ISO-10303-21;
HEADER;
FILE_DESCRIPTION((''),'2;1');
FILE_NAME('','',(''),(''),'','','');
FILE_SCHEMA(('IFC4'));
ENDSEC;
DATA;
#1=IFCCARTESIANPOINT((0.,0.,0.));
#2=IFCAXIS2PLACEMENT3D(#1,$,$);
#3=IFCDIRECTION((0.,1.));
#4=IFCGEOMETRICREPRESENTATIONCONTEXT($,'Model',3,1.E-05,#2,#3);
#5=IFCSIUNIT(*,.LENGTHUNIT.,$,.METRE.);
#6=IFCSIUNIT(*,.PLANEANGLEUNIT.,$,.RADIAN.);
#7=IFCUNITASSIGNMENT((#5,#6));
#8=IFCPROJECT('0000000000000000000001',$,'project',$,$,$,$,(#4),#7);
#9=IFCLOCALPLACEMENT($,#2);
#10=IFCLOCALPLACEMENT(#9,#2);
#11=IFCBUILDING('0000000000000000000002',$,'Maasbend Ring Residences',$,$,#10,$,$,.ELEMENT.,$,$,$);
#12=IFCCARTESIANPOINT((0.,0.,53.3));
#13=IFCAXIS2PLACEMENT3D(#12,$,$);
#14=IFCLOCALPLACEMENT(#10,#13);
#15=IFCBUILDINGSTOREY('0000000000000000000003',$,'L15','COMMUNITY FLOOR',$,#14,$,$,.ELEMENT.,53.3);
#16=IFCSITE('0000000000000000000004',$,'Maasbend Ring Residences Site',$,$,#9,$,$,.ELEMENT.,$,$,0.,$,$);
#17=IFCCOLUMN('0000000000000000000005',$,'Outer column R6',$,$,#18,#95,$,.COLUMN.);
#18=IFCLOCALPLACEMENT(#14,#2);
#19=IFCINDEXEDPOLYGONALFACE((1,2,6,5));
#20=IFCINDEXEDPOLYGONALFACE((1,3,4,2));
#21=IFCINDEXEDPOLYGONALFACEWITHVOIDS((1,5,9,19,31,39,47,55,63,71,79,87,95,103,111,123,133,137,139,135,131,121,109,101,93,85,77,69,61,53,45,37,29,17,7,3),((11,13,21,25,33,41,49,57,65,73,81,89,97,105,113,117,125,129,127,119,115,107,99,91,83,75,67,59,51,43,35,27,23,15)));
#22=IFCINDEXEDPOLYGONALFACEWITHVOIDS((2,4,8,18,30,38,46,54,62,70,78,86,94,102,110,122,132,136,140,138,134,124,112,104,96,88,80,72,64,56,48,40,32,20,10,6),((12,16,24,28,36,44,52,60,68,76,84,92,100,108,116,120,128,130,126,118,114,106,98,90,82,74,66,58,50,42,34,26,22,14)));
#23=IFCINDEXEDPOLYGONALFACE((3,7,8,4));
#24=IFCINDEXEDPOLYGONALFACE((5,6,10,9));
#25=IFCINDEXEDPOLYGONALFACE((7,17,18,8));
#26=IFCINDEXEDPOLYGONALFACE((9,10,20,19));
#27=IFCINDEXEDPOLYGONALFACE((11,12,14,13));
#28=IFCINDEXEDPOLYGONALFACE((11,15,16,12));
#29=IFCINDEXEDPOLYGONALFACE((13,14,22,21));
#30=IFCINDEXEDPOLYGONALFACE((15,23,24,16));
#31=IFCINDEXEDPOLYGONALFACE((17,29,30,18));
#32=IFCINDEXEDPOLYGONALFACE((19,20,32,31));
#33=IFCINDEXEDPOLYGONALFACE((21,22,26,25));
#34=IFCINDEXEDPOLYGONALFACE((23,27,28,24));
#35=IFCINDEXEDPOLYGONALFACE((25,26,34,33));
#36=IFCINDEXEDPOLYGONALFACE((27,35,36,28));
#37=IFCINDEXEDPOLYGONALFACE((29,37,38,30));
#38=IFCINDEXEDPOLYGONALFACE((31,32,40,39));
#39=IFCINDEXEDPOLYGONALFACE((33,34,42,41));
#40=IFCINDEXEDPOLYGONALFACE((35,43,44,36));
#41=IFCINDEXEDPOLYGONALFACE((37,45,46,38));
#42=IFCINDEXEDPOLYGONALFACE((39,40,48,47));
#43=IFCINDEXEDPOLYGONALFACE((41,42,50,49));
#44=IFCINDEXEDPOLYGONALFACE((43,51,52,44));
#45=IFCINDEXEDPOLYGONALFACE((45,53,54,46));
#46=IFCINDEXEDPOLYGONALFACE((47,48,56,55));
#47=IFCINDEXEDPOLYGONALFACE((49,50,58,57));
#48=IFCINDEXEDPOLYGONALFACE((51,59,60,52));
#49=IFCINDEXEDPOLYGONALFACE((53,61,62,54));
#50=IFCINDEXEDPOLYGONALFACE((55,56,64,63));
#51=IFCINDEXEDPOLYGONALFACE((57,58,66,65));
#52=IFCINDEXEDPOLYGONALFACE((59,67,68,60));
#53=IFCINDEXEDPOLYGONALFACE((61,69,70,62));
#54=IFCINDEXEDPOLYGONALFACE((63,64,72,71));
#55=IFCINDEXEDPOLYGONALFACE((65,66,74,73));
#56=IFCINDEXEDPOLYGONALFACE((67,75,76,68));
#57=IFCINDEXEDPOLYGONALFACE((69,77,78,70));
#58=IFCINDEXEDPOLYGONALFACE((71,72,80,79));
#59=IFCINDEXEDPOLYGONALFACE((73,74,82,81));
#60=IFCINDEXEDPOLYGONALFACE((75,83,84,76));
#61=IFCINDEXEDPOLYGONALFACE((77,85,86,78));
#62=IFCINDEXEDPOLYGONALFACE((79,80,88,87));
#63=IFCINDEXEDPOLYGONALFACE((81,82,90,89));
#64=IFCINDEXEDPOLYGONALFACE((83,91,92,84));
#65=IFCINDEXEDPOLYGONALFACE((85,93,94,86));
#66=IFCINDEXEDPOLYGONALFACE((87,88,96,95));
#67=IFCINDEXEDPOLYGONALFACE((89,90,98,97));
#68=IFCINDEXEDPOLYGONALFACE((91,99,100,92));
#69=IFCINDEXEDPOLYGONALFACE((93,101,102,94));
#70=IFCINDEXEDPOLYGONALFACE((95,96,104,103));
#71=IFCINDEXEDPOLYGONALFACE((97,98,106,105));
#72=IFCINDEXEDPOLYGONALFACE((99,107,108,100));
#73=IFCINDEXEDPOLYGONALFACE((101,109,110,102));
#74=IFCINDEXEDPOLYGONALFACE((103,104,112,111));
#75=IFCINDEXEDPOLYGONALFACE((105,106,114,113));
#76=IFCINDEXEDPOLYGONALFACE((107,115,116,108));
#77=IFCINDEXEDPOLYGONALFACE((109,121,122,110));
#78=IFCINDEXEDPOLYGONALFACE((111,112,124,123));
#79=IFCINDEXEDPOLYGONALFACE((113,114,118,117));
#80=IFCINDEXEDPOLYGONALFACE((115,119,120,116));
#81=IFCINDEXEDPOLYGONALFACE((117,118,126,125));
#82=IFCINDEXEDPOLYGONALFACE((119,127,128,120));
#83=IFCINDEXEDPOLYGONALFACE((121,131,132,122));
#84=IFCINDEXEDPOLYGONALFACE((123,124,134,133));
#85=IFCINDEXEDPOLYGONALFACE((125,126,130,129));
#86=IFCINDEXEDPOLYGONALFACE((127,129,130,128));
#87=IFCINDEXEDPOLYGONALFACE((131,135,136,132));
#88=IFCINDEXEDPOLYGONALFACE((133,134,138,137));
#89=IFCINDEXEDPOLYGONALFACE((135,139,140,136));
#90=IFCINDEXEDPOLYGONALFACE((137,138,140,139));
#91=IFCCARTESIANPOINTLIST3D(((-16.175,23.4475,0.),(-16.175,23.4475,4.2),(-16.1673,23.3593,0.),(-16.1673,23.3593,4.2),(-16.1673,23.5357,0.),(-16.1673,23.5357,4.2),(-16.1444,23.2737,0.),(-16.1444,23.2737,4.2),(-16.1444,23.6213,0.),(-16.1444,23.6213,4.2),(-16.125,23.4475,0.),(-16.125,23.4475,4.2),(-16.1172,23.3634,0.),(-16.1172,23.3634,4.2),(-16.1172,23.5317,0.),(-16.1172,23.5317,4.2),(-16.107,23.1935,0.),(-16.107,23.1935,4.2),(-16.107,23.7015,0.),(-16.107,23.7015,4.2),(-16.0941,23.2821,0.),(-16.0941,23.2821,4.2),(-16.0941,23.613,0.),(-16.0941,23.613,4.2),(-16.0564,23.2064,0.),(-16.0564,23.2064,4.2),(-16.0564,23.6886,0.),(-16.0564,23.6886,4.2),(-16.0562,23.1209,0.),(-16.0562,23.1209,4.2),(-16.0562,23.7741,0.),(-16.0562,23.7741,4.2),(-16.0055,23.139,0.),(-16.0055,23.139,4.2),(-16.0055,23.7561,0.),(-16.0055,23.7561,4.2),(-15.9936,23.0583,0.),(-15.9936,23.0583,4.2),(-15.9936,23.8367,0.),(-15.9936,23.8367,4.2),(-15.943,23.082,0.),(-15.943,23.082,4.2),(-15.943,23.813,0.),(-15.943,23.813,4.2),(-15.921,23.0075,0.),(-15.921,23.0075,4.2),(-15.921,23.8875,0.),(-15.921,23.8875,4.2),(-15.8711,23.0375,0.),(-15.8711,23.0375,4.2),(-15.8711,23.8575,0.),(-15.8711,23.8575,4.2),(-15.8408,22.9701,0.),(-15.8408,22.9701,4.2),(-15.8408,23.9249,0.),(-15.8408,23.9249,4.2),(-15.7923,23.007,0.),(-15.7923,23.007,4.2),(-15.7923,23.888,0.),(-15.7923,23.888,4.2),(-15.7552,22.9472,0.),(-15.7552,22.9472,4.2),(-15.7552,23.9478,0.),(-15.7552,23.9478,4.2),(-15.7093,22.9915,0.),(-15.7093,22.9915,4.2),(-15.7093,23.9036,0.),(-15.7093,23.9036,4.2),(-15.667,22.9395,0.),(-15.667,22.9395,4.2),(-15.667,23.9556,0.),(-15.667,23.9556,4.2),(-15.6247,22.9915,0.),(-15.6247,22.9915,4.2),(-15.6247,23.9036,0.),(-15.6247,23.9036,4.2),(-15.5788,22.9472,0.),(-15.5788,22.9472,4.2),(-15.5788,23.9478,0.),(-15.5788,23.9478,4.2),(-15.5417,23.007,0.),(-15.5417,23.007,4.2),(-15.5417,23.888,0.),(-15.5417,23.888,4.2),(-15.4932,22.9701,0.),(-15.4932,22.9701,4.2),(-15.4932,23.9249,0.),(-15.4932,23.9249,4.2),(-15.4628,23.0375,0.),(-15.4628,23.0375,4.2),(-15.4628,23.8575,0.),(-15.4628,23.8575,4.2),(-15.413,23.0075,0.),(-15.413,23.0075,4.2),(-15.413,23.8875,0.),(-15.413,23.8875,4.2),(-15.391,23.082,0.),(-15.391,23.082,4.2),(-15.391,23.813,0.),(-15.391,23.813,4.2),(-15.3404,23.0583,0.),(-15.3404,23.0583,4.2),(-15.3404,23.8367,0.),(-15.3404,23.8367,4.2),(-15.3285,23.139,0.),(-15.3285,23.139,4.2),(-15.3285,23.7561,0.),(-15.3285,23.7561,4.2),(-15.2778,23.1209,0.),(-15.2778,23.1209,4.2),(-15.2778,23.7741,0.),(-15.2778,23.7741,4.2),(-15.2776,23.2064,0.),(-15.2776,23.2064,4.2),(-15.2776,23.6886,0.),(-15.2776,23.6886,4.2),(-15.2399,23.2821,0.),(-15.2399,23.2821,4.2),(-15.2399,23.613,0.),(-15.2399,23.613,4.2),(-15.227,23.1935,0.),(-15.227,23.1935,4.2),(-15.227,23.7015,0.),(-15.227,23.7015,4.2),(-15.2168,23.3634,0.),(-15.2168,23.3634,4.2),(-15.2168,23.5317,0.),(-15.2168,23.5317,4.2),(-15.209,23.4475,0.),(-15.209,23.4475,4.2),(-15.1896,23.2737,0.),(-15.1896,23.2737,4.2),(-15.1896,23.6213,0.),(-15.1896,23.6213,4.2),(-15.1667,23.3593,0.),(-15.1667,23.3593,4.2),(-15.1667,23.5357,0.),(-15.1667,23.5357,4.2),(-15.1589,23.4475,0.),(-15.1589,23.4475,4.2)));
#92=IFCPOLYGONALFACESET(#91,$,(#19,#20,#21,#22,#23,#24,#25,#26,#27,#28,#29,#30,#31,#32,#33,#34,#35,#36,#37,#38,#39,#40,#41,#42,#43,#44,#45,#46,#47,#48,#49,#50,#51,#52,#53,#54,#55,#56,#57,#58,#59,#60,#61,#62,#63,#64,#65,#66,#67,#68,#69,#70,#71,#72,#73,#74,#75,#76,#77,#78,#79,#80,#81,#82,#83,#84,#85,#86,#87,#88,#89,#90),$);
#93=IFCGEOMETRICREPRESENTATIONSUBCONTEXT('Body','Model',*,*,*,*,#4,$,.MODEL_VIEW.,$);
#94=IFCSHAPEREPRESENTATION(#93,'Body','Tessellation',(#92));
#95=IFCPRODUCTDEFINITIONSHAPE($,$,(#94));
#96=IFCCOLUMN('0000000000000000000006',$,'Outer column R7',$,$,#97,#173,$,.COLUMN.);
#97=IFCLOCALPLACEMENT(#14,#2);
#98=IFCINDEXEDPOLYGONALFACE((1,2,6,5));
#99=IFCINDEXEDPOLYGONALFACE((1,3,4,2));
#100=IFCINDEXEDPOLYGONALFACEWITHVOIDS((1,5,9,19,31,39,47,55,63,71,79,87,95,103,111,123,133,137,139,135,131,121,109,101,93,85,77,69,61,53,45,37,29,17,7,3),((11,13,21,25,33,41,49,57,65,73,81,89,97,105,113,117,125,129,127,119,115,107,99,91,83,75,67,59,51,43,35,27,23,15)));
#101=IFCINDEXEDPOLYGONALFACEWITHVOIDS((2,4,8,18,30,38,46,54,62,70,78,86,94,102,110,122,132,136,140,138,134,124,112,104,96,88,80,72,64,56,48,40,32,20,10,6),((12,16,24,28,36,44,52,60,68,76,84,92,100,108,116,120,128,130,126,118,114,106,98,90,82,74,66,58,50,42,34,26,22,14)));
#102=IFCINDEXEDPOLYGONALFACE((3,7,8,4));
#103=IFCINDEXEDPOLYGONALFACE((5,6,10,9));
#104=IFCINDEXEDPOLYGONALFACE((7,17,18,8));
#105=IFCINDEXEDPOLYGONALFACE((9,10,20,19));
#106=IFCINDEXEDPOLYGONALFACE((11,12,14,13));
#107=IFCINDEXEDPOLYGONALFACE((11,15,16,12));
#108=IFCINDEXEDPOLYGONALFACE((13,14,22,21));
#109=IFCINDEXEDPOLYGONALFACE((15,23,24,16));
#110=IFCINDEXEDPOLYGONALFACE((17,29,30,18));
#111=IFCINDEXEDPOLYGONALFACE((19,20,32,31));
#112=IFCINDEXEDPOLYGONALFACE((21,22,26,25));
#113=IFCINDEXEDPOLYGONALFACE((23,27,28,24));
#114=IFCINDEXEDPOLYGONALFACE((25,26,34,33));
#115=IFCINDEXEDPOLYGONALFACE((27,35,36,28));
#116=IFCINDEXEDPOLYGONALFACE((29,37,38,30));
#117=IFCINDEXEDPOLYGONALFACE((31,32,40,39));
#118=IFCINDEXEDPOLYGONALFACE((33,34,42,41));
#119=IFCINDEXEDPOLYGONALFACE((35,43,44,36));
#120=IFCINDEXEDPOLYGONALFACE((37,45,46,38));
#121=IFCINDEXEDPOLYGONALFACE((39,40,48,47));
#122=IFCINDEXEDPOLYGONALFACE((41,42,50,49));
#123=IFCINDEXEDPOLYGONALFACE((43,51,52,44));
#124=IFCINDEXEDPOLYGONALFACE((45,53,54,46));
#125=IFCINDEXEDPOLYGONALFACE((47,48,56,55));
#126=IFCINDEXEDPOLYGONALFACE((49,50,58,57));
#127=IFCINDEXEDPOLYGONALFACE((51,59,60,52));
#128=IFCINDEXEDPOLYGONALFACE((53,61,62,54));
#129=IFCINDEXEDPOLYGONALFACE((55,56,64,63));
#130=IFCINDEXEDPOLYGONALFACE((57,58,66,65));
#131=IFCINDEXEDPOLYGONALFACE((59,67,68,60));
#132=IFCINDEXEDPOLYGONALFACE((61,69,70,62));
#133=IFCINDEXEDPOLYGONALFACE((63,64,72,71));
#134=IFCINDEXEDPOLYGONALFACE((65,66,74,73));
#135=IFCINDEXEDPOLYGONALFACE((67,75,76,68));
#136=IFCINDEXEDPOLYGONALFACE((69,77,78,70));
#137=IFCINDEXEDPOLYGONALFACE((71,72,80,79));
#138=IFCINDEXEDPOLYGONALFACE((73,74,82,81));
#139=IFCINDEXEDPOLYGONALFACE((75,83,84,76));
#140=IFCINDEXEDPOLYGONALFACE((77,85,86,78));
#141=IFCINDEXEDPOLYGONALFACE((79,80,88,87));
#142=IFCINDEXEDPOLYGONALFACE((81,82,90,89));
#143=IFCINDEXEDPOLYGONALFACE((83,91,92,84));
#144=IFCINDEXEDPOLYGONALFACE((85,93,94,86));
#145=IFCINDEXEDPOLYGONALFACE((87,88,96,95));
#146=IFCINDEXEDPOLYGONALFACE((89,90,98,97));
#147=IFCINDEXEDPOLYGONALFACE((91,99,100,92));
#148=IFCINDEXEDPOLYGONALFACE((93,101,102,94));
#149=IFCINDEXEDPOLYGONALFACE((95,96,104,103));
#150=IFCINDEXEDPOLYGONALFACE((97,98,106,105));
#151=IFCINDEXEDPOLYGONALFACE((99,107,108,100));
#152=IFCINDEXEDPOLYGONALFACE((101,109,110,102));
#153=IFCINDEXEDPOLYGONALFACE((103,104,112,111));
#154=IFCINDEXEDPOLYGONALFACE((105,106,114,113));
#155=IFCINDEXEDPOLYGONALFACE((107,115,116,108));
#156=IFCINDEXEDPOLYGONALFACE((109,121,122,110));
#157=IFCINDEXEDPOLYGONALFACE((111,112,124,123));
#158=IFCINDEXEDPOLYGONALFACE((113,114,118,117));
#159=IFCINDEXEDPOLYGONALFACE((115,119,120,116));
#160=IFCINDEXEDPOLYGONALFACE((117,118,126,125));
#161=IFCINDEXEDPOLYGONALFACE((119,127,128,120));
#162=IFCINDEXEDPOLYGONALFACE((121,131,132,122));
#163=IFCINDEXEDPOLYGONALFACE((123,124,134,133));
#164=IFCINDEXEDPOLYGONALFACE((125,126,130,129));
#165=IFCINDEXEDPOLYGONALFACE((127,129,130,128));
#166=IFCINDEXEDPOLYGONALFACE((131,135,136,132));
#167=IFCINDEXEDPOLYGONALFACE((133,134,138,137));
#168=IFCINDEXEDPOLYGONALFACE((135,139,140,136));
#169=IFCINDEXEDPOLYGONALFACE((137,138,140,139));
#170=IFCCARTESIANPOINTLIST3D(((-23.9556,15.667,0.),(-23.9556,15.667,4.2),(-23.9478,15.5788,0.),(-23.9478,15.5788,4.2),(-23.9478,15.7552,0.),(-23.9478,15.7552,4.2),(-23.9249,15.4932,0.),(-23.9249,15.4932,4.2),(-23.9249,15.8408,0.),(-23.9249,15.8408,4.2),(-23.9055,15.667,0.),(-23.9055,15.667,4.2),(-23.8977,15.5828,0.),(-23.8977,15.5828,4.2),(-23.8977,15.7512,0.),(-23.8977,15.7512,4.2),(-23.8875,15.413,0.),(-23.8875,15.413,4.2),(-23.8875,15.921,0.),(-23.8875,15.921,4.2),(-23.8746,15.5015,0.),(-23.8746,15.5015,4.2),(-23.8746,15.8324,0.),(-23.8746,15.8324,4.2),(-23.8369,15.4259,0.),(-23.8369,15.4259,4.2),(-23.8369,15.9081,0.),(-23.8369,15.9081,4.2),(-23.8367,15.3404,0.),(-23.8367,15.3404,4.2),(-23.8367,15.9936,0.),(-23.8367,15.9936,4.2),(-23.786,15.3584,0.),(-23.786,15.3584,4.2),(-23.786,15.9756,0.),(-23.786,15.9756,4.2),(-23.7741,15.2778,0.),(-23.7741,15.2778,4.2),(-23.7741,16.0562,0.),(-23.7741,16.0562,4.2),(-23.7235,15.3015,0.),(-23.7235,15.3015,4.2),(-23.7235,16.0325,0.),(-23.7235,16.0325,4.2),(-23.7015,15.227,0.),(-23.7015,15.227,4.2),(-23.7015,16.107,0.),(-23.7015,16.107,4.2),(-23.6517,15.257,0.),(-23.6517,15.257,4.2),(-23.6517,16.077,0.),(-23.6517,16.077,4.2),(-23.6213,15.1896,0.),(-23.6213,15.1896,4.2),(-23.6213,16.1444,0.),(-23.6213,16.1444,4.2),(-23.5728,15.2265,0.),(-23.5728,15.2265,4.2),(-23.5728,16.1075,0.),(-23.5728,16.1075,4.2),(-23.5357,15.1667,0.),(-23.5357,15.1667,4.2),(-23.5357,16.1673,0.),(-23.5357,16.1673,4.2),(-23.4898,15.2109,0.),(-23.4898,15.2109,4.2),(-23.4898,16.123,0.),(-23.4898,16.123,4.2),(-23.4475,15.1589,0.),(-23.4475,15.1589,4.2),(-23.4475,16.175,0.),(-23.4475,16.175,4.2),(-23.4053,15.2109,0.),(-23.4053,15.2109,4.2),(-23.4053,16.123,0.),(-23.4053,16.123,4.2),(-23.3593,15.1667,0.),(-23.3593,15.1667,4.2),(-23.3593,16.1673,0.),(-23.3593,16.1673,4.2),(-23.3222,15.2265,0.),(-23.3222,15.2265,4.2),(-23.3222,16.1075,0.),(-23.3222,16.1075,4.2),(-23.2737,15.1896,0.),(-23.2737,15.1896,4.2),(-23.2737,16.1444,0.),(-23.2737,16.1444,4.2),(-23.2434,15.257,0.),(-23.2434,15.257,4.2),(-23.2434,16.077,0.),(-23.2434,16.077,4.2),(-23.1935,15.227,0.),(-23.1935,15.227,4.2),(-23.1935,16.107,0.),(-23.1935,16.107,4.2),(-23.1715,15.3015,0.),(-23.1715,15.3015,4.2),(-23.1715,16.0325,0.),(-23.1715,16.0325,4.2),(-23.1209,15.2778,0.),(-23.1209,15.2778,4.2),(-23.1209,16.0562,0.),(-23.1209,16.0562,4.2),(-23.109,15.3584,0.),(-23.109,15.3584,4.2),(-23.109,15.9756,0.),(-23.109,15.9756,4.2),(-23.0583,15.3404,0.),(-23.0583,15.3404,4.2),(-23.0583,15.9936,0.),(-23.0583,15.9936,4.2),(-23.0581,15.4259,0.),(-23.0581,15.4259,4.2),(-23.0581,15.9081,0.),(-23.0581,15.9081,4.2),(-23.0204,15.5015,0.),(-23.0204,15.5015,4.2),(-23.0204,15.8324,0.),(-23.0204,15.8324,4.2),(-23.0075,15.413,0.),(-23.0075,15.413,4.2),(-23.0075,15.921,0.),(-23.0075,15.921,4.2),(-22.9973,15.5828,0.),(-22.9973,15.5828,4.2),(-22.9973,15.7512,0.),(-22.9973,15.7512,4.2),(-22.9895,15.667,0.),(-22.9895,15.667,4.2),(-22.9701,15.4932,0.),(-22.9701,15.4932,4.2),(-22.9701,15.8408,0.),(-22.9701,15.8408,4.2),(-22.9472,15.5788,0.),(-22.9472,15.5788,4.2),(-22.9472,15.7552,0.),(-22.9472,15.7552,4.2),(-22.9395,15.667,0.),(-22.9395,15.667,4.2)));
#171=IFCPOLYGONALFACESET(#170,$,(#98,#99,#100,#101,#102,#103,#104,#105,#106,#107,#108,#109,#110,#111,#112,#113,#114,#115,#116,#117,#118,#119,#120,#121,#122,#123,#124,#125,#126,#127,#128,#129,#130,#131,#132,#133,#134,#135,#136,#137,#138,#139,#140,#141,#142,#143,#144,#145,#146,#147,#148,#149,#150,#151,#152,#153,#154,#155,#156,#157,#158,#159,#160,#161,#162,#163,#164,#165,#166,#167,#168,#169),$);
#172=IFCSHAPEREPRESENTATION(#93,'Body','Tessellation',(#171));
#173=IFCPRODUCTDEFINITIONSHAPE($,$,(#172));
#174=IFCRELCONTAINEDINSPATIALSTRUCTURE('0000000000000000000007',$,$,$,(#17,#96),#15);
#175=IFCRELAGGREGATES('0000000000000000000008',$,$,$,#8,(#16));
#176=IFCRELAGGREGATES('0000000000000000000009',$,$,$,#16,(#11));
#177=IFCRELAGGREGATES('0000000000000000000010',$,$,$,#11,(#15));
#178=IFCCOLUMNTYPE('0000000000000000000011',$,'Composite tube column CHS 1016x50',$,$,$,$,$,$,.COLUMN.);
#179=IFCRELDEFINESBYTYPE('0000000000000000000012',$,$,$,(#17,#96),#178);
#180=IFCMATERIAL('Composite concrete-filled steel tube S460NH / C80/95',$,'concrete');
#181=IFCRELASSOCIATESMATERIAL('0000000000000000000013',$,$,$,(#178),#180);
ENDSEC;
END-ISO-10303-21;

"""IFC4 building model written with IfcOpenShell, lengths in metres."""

from ifc_helpers import new_model, si_unit, direction, frame, origin, origin_2d, place, context, subcontext, project, spatial, hollow_circle, extrude, material, material_profile, profile_set, type_object, element, save


model = new_model("IFC4")

# Units and contexts
model_context = context("Model", 3, precision=1e-05, world=origin(), true_north=direction((0.0, 1.0)))
body_context = subcontext(model_context, "Body", "Model", "MODEL_VIEW")
ifc_project = project(units=[si_unit("LENGTHUNIT", "METRE"), si_unit("PLANEANGLEUNIT", "RADIAN")], contexts=[model_context])

# Site, building, storey
site_placement = place(None, origin())
site = spatial("IfcSite", under=ifc_project, at=site_placement, Name="Maasbend Ring Residences Site", CompositionType="ELEMENT", RefElevation=0.0)
building_placement = place(site_placement, origin())
building = spatial("IfcBuilding", under=site, at=building_placement, Name="Maasbend Ring Residences", CompositionType="ELEMENT")
storey_placement = place(building_placement, frame((0.0, 0.0, 53.3)))
storey = spatial("IfcBuildingStorey", under=building, at=storey_placement, Name="L15", Description="COMMUNITY FLOOR", CompositionType="ELEMENT", Elevation=53.3)

# Columns
ifc_material_1 = material(Name="Composite concrete-filled steel tube S460NH / C80/95", Category="concrete")
ifc_material_profile_1 = material_profile(ifc_material_1, hollow_circle(Radius=0.5081, WallThickness=0.05, at=origin_2d()), Name="Composite tube column CHS 1016x50")
ifc_profile_set_1 = profile_set([ifc_material_profile_1], Name="Composite concrete-filled steel tube S460NH / C80/95")
column_type_1 = type_object("IfcColumnType", Name="Composite tube column CHS 1016x50", PredefinedType="COLUMN", material=ifc_profile_set_1)
for number, where, z_axis, x_axis, name in (
    (1, (-15.667, 23.4475, 0.0), (0.0, 0.0, 1.0), (1.0, 0.0, 0.0), "Outer column R6"),
    (2, (-23.4475, 15.667, 0.0), (0.0, 0.0, 1.0), (1.0, 0.0, 0.0), "Outer column R7"),
):
    element("IfcColumn", number, at=place(storey_placement, frame(where, z_axis=z_axis, x_axis=x_axis)), inside=storey, type_object=column_type_1, Name=name, PredefinedType="COLUMN", context=body_context, shape_type="SweptSolid", body=[
        extrude(hollow_circle(Radius=0.5081, WallThickness=0.05, at=origin_2d()), origin(), (0.0, 0.0, 1.0), 4.2),
    ])

save(model, "model.ifc")
